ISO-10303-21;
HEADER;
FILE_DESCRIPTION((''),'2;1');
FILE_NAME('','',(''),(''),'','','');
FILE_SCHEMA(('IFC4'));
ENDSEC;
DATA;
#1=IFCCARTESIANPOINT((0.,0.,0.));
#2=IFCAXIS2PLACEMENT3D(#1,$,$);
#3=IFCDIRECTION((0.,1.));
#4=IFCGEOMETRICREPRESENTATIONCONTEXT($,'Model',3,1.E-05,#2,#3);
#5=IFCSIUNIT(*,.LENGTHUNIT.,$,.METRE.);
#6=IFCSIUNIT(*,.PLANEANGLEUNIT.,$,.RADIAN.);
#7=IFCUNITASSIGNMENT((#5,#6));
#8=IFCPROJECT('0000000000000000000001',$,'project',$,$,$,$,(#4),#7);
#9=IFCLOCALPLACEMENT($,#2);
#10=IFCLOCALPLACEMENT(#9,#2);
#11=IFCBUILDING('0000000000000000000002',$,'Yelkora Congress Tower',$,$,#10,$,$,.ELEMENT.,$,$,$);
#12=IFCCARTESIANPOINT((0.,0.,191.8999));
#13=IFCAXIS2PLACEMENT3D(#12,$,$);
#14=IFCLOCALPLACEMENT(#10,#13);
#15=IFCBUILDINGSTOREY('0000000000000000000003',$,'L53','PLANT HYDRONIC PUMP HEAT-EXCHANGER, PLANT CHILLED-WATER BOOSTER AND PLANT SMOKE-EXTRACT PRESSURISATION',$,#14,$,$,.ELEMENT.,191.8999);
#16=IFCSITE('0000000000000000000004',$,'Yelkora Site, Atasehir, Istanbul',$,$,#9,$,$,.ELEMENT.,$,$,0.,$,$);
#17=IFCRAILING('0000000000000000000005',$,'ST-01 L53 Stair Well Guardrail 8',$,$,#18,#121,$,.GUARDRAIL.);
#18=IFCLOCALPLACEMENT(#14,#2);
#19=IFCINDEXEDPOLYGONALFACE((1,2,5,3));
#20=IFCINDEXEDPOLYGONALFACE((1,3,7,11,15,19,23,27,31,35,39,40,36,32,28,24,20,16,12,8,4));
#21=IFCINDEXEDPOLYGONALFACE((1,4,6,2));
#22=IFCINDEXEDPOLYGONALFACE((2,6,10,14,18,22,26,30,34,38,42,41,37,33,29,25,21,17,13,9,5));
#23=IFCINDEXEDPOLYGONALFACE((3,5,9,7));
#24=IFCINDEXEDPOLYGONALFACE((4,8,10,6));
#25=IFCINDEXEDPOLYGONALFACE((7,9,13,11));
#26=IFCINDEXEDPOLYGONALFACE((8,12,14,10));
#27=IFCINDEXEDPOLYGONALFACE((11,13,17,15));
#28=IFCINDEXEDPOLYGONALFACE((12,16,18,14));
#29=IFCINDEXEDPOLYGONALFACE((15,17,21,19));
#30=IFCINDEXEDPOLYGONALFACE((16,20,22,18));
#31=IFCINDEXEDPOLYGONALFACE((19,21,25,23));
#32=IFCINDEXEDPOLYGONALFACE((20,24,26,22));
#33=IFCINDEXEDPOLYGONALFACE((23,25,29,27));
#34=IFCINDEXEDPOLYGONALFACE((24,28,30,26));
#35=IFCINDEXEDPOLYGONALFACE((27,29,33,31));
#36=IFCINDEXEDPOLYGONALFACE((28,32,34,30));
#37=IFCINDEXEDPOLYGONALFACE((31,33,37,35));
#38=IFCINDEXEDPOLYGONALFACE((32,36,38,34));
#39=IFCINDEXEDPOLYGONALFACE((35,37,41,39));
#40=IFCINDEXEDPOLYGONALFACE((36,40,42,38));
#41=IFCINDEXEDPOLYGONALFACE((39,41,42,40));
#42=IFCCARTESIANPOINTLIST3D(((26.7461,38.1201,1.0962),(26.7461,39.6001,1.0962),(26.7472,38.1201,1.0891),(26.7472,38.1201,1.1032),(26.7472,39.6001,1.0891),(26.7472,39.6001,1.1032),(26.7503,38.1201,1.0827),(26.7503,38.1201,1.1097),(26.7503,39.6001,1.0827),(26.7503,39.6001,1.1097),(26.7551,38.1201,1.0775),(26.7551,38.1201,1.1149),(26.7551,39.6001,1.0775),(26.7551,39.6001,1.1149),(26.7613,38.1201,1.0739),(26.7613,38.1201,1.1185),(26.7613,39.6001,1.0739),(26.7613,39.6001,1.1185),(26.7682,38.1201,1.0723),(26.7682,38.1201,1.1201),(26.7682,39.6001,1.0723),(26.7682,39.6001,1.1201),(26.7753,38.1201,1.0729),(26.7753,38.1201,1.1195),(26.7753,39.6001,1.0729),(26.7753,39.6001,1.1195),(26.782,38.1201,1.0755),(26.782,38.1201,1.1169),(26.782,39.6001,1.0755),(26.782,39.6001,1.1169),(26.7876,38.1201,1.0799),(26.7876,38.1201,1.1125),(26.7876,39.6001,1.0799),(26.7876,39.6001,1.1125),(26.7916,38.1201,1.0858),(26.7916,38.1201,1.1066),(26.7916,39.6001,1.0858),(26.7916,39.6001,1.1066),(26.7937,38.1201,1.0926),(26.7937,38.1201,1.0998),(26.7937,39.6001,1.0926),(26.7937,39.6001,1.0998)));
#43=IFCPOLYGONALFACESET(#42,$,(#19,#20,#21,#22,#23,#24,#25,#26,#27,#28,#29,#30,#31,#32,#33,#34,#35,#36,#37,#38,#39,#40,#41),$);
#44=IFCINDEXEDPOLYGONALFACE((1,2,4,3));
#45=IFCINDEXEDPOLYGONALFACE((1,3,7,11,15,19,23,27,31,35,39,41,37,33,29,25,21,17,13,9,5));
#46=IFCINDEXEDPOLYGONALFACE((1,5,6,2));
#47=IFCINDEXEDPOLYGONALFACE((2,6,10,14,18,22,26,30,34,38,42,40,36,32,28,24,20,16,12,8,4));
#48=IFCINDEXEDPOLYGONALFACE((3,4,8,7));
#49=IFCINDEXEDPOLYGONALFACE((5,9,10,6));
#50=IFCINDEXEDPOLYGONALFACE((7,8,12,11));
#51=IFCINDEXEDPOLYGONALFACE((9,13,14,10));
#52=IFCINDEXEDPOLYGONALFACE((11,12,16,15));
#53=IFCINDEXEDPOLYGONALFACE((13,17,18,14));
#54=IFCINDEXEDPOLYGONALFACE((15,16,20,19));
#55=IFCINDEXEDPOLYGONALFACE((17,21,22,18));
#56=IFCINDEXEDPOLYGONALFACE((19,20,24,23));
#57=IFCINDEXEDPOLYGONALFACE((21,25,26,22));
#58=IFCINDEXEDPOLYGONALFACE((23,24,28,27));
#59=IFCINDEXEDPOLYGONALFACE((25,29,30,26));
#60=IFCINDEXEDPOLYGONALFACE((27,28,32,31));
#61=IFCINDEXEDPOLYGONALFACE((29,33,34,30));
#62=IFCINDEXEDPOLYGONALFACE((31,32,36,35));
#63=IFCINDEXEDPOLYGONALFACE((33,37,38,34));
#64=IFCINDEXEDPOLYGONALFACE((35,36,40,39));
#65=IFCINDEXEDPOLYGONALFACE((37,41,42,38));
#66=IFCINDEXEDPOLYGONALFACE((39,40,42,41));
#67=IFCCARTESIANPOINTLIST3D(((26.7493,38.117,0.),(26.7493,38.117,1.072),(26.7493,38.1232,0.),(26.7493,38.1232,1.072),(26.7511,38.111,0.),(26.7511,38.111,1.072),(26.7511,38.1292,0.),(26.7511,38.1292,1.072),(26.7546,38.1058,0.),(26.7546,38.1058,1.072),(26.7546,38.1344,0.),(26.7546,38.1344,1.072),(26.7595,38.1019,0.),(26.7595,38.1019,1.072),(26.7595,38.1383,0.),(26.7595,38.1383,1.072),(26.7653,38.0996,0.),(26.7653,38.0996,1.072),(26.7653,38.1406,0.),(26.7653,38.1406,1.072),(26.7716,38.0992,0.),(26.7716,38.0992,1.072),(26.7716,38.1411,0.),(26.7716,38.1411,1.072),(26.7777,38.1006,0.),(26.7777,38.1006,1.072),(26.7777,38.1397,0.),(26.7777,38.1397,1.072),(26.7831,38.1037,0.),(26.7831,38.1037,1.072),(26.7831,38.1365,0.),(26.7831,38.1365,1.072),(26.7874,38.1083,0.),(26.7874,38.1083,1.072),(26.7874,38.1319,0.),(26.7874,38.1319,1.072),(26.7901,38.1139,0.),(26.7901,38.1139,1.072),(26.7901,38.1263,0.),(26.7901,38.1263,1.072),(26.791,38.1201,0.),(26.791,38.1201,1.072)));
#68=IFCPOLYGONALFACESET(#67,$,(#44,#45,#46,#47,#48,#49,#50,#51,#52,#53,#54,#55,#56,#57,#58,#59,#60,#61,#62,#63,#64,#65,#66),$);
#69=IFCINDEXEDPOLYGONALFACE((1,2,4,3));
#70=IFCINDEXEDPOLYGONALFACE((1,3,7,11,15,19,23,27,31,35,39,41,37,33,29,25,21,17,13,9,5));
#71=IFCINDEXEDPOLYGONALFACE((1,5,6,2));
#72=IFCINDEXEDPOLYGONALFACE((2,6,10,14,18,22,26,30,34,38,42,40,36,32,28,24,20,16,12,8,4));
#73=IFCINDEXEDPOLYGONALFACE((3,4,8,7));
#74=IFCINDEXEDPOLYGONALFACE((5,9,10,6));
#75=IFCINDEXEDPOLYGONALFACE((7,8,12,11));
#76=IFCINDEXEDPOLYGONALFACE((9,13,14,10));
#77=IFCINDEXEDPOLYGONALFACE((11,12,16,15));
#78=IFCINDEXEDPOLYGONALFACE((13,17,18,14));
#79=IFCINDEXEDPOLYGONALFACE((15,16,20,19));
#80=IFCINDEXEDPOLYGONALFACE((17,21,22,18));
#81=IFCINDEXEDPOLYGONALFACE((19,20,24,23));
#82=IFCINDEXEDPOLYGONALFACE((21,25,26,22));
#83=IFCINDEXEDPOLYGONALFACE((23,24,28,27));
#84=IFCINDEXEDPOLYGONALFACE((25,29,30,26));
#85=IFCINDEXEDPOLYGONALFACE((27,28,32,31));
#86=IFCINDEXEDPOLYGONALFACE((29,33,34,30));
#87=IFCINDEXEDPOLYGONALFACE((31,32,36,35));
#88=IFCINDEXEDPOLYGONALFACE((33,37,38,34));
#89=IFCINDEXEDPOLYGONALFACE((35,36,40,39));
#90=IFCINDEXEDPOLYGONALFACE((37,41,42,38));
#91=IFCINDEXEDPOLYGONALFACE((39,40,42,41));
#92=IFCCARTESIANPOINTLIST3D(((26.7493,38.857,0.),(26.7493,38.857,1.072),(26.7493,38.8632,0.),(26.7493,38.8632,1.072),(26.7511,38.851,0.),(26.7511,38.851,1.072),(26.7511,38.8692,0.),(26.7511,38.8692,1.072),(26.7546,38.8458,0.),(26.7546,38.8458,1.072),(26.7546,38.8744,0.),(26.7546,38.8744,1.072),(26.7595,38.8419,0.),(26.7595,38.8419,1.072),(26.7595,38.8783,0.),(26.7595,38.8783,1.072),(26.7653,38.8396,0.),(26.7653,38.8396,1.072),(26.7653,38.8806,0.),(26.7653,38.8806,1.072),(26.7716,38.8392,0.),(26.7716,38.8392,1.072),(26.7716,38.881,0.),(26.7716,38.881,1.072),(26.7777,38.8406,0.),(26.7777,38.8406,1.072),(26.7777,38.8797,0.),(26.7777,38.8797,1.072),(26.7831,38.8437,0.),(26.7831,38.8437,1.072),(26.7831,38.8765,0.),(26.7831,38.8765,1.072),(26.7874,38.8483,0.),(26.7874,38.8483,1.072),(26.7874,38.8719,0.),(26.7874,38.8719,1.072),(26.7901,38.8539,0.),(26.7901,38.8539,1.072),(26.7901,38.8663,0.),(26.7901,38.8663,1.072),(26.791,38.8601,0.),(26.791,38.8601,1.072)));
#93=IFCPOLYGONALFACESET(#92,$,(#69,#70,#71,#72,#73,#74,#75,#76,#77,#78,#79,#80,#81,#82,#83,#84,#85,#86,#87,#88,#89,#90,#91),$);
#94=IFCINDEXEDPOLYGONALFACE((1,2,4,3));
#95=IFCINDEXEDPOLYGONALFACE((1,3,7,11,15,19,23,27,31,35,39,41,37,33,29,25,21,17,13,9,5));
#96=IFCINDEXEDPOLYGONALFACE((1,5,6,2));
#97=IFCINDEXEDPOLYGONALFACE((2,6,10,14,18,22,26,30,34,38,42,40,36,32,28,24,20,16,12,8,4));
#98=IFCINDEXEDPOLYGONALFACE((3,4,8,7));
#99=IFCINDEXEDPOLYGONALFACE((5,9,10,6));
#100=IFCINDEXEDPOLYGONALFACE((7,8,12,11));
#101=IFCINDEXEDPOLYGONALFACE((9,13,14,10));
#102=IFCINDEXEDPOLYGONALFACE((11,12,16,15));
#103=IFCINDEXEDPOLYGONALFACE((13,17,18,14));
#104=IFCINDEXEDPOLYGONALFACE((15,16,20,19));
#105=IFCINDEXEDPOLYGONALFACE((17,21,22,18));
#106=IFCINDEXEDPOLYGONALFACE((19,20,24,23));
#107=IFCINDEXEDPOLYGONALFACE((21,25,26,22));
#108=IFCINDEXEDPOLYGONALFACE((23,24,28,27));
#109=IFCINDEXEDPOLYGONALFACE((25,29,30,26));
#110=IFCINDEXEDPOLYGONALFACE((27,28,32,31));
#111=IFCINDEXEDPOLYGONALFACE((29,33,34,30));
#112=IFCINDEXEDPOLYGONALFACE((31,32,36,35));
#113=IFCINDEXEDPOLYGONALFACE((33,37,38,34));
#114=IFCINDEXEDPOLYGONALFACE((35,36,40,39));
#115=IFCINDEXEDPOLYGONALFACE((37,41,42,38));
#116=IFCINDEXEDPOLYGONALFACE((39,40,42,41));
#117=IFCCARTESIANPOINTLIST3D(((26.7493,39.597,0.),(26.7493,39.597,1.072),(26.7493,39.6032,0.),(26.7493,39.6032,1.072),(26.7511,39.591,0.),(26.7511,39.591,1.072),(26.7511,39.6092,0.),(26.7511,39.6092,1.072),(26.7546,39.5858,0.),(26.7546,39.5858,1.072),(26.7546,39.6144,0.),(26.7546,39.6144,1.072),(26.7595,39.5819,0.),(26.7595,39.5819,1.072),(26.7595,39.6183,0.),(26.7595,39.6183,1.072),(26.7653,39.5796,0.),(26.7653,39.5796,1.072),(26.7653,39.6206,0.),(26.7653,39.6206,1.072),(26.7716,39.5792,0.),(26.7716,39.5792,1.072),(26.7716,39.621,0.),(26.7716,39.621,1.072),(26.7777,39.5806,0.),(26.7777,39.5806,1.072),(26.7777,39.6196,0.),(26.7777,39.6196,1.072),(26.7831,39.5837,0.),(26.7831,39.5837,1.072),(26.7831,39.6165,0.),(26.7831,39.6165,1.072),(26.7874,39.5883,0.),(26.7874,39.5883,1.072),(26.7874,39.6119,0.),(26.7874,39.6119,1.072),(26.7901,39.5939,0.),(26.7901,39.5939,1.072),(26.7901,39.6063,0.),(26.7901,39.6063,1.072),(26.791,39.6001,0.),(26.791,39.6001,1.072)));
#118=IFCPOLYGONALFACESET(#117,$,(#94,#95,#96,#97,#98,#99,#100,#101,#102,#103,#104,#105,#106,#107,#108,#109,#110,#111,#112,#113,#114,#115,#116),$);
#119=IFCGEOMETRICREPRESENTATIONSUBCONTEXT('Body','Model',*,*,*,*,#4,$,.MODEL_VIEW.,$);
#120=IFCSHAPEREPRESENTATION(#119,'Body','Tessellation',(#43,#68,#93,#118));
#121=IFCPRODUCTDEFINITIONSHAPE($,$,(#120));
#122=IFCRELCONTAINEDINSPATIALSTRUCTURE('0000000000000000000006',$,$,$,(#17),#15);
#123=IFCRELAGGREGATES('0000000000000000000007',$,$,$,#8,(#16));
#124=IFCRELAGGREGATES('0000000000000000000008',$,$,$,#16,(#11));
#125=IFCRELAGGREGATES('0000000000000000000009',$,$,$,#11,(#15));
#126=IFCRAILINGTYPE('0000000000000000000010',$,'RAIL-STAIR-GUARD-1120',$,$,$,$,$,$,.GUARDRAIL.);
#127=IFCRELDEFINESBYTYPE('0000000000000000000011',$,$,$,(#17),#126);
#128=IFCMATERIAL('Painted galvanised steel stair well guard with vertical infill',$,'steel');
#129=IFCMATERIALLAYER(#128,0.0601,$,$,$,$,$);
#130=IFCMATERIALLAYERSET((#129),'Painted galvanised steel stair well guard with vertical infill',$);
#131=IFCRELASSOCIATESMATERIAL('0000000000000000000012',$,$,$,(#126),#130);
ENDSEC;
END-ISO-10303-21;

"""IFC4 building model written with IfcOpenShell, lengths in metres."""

from ifc_helpers import new_model, si_unit, direction, frame, origin, origin_2d, place, context, subcontext, project, spatial, circle, extrude, material, layer, layer_set, type_object, element, save


model = new_model("IFC4")

# Units and contexts
model_context = context("Model", 3, precision=1e-05, world=origin(), true_north=direction((0.0, 1.0)))
body_context = subcontext(model_context, "Body", "Model", "MODEL_VIEW")
ifc_project = project(units=[si_unit("LENGTHUNIT", "METRE"), si_unit("PLANEANGLEUNIT", "RADIAN")], contexts=[model_context])

# Site, building, storey
site_placement = place(None, origin())
site = spatial("IfcSite", under=ifc_project, at=site_placement, Name="Yelkora Site, Atasehir, Istanbul", CompositionType="ELEMENT", RefElevation=0.0)
building_placement = place(site_placement, origin())
building = spatial("IfcBuilding", under=site, at=building_placement, Name="Yelkora Congress Tower", CompositionType="ELEMENT")
storey_placement = place(building_placement, frame((0.0, 0.0, 191.8999)))
storey = spatial("IfcBuildingStorey", under=building, at=storey_placement, Name="L53", Description="PLANT HYDRONIC PUMP HEAT-EXCHANGER, PLANT CHILLED-WATER BOOSTER AND PLANT SMOKE-EXTRACT PRESSURISATION", CompositionType="ELEMENT", Elevation=191.8999)

# Railing
ifc_material_1 = material(Name="Painted galvanised steel stair well guard with vertical infill", Category="steel")
ifc_layer_1 = layer(ifc_material_1, 0.0601)
ifc_layer_set_1 = layer_set([ifc_layer_1], Name="Painted galvanised steel stair well guard with vertical infill")
railing_type_1 = type_object("IfcRailingType", Name="RAIL-STAIR-GUARD-1120", PredefinedType="GUARDRAIL", material=ifc_layer_set_1)
railing_1_placement = place(storey_placement, frame((26.77, 38.1201, 0.0)))
element("IfcRailing", 1, at=railing_1_placement, inside=storey, type_object=railing_type_1, Name="ST-01 L53 Stair Well Guardrail 8", PredefinedType="GUARDRAIL", context=body_context, shape_type="SweptSolid", body=[
    extrude(circle(Radius=0.0239, at=origin_2d()), frame((0.0, 0.0, 1.0962), z_axis=(0.0, 1.0, 0.0), x_axis=(-1.0, 0.0, 0.0)), (0.0, 0.0, 1.0), 1.48),
    extrude(circle(Radius=0.021, at=origin_2d()), origin(), (0.0, 0.0, 1.0), 1.072),
    extrude(circle(Radius=0.021, at=origin_2d()), frame((0.0, 0.74, 0.0)), (0.0, 0.0, 1.0), 1.072),
    extrude(circle(Radius=0.021, at=origin_2d()), frame((0.0, 1.48, 0.0)), (0.0, 0.0, 1.0), 1.072),
])

save(model, "model.ifc")
